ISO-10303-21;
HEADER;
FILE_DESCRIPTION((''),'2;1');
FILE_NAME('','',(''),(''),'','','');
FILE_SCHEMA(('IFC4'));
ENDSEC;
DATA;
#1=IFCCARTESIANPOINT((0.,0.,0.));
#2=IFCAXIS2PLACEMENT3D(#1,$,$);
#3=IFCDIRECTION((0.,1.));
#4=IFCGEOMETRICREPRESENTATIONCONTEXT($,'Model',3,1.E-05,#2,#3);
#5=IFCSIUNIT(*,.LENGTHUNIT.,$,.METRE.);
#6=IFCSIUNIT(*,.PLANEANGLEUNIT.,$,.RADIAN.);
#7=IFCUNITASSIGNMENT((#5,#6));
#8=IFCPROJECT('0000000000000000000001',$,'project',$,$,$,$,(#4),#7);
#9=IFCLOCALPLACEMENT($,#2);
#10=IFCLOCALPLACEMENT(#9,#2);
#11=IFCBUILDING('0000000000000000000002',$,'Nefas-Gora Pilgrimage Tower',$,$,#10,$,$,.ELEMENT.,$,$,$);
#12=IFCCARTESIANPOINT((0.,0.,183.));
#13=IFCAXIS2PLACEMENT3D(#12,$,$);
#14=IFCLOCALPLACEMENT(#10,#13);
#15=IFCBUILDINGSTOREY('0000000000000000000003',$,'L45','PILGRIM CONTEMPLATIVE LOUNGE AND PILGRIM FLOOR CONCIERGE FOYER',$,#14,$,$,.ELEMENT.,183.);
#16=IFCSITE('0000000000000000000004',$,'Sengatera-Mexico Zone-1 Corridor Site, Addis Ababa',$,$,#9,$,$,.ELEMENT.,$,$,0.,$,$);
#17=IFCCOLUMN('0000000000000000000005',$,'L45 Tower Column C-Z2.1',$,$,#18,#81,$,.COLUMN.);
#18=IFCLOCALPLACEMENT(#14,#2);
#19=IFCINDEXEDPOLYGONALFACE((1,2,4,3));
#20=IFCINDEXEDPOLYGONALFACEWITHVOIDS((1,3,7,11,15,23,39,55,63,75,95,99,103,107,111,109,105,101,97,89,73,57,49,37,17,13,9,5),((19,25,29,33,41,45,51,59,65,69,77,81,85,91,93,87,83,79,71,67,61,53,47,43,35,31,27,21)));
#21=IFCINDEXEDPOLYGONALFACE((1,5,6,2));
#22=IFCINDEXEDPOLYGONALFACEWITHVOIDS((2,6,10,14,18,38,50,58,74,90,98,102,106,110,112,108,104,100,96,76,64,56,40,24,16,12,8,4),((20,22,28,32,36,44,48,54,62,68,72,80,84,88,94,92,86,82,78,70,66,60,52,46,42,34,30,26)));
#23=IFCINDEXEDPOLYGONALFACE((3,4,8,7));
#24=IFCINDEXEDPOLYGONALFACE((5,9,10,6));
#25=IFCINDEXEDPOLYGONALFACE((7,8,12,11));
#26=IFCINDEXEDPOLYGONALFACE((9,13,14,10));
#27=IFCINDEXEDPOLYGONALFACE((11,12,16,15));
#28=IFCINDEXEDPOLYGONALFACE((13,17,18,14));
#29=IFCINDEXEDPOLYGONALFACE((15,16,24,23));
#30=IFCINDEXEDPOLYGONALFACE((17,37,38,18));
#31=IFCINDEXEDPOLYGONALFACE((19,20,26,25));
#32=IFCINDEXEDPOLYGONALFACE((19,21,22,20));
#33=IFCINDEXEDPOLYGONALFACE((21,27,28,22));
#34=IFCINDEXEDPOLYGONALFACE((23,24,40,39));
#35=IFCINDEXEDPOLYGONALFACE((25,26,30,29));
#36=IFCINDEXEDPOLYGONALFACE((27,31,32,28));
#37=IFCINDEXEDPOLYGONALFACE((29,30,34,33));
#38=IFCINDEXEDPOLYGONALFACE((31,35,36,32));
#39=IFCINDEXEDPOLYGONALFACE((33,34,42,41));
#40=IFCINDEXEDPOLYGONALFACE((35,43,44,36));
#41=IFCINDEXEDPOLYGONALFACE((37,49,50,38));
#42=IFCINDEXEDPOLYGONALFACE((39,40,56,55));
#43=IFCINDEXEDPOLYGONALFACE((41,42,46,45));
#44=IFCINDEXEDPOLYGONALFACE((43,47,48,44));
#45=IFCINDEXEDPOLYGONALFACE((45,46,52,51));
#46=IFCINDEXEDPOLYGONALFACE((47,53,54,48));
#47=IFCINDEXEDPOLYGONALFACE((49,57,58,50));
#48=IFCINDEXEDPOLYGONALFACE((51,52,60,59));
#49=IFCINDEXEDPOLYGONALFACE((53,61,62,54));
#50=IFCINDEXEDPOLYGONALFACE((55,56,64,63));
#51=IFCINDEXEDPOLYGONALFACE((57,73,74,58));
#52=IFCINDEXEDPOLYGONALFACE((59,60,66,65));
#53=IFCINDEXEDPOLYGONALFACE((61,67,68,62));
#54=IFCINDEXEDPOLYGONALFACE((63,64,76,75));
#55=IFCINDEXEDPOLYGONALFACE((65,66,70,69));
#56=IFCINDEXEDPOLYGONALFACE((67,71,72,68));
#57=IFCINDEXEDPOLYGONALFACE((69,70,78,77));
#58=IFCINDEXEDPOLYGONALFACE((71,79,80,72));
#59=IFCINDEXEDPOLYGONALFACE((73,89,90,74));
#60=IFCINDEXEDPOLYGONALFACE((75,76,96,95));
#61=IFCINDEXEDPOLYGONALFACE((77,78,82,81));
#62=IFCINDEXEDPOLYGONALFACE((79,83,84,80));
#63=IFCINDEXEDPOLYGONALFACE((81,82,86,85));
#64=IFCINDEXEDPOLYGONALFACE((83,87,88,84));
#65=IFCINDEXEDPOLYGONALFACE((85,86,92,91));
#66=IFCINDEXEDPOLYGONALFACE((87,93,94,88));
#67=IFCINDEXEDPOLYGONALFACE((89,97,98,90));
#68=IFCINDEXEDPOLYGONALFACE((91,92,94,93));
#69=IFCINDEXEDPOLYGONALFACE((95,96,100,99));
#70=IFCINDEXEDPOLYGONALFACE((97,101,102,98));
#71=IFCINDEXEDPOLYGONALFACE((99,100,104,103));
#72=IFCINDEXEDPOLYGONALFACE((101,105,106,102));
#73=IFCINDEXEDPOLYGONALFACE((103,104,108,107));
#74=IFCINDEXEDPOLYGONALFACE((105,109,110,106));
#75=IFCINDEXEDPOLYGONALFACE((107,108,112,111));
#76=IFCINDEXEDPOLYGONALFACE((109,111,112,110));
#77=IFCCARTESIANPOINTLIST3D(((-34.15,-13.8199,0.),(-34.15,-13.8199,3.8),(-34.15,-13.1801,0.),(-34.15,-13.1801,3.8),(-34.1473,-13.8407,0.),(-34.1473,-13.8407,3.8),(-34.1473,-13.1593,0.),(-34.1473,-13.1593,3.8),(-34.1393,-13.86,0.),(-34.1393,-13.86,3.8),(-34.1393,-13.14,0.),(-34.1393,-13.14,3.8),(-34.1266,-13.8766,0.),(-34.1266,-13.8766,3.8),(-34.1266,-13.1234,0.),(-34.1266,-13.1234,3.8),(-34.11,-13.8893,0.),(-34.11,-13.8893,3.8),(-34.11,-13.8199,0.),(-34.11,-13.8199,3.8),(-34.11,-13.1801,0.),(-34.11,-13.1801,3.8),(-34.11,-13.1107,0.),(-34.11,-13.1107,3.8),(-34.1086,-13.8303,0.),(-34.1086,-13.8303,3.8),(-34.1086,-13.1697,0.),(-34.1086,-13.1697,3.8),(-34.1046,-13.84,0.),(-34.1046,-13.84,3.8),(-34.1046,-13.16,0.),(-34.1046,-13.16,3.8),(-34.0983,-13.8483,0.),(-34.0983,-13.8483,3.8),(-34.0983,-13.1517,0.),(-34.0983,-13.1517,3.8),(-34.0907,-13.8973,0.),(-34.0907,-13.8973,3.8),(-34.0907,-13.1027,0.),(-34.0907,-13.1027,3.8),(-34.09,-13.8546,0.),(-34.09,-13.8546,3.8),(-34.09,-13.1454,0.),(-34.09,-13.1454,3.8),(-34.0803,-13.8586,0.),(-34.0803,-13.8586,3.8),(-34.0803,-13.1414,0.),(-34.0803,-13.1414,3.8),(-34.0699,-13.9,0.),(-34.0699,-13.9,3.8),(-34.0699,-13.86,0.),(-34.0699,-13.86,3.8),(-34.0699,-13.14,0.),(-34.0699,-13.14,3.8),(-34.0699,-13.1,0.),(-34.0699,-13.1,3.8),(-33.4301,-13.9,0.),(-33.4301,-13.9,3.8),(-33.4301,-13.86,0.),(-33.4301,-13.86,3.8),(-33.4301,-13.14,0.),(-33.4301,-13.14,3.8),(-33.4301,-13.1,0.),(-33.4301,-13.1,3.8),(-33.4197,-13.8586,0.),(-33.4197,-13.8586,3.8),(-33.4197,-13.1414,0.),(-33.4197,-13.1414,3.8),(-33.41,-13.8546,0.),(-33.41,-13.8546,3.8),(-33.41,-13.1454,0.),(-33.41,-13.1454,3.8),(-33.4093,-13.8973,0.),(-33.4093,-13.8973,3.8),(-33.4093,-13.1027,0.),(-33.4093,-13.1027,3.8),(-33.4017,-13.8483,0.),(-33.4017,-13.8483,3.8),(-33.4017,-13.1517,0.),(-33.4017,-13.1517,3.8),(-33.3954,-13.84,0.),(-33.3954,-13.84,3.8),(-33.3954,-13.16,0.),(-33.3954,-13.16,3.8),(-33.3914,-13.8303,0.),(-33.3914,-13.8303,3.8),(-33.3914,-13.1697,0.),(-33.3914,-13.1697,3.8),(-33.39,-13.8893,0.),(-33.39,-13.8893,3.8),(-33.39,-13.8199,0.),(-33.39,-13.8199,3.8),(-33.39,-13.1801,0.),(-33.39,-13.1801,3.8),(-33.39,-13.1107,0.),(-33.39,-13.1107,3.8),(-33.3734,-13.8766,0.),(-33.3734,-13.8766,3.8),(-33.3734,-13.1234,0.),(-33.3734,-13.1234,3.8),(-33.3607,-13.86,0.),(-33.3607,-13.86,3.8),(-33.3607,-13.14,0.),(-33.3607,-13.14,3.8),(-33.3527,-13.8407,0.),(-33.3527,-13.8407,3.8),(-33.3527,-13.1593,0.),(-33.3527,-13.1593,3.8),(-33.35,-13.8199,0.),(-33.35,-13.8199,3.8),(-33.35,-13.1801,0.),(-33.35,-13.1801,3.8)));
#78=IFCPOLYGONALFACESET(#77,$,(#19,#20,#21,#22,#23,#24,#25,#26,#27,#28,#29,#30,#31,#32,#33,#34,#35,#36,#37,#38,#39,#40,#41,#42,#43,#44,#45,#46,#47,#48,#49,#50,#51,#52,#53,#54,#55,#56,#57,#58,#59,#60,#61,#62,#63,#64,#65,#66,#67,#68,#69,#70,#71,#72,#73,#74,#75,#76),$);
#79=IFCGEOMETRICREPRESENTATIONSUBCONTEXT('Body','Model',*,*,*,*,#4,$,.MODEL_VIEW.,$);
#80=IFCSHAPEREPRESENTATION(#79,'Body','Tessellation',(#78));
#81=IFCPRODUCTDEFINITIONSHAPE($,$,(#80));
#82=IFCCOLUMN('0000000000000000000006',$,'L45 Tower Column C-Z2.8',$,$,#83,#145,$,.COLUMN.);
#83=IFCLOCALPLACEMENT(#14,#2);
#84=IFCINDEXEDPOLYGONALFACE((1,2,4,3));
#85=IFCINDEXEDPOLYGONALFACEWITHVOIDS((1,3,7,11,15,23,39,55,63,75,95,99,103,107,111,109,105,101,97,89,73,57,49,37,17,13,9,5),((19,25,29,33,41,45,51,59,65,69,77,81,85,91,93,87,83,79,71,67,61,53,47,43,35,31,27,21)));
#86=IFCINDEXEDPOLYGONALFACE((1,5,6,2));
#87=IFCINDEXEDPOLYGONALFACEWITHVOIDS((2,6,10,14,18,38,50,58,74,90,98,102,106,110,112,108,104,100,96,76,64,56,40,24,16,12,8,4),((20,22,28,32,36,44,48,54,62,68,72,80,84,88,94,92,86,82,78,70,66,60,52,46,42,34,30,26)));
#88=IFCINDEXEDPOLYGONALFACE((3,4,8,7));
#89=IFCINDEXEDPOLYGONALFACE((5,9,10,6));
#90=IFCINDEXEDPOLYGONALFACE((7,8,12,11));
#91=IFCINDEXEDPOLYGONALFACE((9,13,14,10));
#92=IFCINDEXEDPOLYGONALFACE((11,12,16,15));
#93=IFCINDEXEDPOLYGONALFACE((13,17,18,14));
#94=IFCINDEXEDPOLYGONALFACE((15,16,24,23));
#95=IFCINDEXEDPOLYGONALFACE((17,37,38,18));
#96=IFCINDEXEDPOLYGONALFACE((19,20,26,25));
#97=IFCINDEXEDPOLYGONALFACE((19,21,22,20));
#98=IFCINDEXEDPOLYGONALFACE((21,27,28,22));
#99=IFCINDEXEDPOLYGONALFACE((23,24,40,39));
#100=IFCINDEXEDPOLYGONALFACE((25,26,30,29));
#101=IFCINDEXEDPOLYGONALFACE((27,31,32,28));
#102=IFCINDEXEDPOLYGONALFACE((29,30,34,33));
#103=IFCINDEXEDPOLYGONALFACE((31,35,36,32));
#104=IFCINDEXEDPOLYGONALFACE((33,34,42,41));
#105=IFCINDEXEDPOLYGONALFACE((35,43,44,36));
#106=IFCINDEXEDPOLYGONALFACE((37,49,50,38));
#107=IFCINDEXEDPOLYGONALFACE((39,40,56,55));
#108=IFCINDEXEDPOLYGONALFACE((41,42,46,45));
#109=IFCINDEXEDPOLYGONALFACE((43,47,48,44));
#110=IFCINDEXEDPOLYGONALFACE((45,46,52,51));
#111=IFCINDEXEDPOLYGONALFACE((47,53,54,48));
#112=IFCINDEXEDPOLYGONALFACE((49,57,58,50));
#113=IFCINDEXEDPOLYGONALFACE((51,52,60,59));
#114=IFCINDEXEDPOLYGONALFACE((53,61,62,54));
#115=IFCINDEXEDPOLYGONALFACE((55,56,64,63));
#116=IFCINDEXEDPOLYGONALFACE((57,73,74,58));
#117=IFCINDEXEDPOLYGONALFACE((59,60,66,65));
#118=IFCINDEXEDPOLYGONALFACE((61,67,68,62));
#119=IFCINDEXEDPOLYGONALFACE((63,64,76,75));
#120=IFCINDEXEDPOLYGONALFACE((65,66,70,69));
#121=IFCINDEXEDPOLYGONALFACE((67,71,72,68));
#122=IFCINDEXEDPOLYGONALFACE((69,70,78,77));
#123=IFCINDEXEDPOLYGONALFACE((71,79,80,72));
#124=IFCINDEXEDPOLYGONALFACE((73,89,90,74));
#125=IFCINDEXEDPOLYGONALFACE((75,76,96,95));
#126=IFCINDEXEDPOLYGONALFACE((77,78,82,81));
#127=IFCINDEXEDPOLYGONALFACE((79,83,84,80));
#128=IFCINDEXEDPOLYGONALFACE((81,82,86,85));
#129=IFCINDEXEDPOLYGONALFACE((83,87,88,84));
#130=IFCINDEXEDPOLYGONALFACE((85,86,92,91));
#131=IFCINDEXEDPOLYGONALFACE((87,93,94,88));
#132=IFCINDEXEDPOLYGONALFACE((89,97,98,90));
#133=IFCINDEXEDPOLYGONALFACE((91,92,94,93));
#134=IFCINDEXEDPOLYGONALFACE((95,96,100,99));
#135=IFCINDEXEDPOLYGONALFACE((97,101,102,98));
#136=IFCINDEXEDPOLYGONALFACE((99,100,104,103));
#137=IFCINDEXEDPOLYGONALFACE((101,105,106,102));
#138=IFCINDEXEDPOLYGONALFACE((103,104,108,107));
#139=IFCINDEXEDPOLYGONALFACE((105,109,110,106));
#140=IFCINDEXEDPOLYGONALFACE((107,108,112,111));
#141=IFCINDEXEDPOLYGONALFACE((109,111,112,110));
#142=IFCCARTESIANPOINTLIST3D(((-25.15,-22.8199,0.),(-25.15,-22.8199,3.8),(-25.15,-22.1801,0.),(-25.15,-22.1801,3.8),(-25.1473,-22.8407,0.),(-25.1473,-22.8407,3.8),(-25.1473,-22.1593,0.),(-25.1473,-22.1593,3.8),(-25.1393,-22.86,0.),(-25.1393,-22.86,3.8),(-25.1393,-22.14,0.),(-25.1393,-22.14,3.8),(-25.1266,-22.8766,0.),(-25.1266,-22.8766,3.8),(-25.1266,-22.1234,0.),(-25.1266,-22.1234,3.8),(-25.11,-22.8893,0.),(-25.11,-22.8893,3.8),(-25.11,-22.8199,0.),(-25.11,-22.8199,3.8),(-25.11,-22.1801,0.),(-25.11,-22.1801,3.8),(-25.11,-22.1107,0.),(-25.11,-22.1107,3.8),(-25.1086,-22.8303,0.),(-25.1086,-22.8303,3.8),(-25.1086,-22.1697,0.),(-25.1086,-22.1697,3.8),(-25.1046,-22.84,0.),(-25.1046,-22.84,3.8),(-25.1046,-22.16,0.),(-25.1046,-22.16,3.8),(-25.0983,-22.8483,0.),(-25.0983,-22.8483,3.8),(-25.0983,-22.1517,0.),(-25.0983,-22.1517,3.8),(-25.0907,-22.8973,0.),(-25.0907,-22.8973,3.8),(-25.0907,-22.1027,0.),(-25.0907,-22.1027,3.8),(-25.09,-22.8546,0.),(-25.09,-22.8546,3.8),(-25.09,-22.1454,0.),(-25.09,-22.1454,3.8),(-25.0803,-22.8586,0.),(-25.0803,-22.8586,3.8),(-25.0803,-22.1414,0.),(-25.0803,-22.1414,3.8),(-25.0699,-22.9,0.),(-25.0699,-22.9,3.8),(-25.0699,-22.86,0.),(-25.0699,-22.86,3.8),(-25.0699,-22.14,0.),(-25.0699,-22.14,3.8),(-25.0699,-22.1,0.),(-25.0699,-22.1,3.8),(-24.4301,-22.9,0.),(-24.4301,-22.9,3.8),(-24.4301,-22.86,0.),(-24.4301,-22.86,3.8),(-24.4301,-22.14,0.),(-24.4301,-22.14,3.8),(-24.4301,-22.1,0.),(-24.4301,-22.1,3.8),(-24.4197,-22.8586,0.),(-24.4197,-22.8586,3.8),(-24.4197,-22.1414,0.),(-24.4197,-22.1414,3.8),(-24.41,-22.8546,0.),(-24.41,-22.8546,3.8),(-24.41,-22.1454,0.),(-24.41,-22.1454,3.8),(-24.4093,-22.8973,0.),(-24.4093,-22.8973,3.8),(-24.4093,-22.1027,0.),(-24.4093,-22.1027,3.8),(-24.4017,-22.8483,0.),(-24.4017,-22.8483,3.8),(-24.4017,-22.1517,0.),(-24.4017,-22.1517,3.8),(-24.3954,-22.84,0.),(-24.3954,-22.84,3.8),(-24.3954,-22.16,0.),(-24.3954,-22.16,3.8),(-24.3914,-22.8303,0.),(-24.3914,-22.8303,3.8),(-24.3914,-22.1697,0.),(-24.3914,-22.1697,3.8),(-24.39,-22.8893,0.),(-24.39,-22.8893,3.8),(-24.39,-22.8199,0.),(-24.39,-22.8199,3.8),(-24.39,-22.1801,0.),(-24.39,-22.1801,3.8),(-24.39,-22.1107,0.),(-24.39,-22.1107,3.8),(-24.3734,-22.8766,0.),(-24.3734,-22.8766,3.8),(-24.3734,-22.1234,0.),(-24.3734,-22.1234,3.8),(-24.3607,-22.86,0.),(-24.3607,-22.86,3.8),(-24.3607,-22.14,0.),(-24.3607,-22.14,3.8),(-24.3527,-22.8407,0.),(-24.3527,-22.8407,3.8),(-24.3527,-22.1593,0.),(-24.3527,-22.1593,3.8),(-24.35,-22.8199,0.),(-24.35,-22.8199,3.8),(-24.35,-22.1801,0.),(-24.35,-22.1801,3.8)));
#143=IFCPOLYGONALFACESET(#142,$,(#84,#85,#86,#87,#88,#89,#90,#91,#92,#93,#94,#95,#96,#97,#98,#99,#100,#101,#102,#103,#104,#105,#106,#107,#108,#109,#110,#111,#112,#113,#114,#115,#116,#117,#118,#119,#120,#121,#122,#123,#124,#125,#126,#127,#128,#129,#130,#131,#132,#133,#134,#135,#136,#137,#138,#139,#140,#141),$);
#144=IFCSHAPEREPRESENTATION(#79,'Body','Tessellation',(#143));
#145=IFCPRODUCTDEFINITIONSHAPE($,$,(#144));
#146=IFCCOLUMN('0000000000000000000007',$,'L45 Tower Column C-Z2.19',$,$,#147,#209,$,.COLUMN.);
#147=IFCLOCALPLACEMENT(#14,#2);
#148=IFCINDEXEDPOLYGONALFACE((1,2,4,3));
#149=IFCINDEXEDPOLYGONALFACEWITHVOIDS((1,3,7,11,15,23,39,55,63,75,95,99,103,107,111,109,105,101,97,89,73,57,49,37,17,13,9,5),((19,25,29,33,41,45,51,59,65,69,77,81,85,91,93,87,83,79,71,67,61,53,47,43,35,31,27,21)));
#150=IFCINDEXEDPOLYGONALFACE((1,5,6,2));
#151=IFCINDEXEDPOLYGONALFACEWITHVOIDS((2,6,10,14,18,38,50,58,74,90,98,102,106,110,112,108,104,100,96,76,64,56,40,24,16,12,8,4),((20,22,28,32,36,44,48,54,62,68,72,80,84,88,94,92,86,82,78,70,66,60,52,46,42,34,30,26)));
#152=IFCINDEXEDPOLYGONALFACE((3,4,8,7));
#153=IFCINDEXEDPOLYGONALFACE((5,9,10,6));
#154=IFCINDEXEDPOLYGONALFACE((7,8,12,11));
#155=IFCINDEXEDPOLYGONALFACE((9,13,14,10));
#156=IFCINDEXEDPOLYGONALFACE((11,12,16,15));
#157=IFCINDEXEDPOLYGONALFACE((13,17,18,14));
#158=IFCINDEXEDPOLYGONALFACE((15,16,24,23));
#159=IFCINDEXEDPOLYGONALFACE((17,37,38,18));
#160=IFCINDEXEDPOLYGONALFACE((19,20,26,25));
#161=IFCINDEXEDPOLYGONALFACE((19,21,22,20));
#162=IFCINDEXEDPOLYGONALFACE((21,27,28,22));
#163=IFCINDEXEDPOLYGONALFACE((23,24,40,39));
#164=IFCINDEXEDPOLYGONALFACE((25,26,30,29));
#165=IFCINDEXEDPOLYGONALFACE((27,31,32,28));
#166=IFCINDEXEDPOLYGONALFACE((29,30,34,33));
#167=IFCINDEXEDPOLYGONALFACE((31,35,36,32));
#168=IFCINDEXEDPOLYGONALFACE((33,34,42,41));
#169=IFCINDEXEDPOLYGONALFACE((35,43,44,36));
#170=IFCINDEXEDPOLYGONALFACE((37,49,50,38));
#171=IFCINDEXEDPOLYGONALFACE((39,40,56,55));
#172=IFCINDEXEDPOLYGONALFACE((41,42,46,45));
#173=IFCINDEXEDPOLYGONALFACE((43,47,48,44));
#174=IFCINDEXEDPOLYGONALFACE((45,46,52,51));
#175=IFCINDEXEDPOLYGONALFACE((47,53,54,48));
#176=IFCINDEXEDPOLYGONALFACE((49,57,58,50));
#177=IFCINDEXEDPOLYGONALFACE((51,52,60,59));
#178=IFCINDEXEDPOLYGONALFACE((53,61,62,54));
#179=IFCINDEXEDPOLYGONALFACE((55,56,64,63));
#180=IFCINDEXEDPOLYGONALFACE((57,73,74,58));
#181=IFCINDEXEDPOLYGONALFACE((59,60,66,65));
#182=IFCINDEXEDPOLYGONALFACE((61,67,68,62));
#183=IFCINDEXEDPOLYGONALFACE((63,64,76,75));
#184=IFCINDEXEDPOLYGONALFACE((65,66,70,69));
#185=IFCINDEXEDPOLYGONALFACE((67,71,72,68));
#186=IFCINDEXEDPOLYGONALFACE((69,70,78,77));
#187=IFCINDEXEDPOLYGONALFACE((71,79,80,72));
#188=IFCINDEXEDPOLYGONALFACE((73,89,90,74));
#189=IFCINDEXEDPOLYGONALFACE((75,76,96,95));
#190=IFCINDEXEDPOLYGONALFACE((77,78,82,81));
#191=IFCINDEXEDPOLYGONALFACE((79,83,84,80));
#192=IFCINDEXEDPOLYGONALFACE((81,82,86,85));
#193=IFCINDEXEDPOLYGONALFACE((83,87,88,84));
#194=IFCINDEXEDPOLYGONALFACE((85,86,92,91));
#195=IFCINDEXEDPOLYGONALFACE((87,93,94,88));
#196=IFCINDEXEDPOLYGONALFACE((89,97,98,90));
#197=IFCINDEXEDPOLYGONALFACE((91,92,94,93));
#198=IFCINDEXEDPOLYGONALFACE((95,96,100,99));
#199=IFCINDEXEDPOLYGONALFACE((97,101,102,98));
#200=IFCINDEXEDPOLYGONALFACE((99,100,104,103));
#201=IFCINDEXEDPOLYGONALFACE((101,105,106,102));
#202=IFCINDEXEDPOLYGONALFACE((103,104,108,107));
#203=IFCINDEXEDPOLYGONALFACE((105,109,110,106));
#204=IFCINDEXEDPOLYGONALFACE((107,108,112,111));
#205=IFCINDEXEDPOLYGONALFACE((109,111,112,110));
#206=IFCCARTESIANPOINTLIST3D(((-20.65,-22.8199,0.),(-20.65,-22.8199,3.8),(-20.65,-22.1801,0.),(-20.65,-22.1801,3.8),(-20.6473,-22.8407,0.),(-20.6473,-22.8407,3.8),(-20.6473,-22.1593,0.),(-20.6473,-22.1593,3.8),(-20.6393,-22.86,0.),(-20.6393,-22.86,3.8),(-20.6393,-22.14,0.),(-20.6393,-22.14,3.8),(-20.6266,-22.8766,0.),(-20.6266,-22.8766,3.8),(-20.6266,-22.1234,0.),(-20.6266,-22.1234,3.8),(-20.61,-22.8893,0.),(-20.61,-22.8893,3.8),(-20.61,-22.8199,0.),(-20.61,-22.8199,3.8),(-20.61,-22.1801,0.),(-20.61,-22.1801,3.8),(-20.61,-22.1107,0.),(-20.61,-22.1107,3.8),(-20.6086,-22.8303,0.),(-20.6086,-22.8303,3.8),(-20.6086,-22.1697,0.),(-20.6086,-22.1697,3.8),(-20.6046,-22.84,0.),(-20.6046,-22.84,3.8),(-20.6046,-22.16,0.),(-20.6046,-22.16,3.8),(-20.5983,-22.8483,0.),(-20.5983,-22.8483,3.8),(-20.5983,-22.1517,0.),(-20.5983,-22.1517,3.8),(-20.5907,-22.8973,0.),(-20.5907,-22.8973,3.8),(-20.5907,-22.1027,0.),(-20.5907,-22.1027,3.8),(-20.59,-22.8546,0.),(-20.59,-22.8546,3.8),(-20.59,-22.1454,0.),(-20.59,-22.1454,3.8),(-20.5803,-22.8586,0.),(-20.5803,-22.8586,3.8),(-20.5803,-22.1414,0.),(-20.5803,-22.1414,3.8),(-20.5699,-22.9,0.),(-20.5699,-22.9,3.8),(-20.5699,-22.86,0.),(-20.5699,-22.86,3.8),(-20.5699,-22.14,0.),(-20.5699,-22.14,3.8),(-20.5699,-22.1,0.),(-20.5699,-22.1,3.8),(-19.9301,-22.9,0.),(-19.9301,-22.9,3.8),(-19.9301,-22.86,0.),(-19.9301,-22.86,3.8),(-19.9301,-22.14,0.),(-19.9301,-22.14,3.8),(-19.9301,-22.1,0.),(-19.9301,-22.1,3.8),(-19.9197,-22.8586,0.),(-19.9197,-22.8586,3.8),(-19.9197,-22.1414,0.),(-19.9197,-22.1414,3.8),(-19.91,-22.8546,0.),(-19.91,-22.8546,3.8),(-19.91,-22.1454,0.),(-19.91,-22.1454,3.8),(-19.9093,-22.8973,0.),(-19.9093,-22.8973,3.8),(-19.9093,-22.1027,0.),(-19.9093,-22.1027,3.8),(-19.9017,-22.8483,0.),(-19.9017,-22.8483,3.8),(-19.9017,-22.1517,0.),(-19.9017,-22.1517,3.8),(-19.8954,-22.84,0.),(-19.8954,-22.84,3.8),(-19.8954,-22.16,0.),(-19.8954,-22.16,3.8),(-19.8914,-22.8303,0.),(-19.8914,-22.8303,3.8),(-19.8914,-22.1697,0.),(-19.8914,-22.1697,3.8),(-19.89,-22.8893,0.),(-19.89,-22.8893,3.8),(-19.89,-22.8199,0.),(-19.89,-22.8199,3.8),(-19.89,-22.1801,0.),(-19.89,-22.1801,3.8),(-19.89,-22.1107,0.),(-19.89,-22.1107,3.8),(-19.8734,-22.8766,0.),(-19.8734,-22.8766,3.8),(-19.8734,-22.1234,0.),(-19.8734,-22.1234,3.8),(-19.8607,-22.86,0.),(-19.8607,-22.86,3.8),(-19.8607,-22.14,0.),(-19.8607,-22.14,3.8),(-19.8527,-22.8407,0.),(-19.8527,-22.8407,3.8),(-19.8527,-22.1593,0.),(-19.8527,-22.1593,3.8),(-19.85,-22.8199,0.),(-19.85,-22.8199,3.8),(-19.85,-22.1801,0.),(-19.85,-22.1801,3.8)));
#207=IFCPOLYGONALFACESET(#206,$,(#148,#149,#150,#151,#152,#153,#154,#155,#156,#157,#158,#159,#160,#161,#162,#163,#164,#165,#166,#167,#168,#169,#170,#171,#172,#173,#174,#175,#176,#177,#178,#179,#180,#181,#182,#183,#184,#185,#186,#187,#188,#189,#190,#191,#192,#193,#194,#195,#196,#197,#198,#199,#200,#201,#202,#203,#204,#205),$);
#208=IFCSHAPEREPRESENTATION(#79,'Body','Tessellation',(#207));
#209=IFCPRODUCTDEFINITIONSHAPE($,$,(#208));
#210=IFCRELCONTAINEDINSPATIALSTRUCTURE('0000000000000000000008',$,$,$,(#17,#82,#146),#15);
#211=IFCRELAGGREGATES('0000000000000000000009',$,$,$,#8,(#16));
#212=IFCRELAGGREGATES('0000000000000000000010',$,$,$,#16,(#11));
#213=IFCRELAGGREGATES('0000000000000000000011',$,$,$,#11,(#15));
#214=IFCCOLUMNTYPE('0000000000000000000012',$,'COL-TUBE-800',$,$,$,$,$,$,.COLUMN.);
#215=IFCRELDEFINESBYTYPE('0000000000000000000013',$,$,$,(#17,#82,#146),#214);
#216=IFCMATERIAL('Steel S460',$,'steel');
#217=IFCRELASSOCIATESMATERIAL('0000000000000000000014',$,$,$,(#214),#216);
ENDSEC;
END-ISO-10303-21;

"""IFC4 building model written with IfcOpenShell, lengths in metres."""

from ifc_helpers import new_model, si_unit, direction, frame, origin, origin_2d, place, context, subcontext, project, spatial, hollow_rectangle, extrude, source, transform, mapped, material, material_profile, profile_set, type_object, element, save


model = new_model("IFC4")

# Units and contexts
model_context = context("Model", 3, precision=1e-05, world=origin(), true_north=direction((0.0, 1.0)))
body_context = subcontext(model_context, "Body", "Model", "MODEL_VIEW")
ifc_project = project(units=[si_unit("LENGTHUNIT", "METRE"), si_unit("PLANEANGLEUNIT", "RADIAN")], contexts=[model_context])

# Site, building, storey
site_placement = place(None, origin())
site = spatial("IfcSite", under=ifc_project, at=site_placement, Name="Sengatera-Mexico Zone-1 Corridor Site, Addis Ababa", CompositionType="ELEMENT", RefElevation=0.0)
building_placement = place(site_placement, origin())
building = spatial("IfcBuilding", under=site, at=building_placement, Name="Nefas-Gora Pilgrimage Tower", CompositionType="ELEMENT")
storey_placement = place(building_placement, frame((0.0, 0.0, 183.0)))
storey = spatial("IfcBuildingStorey", under=building, at=storey_placement, Name="L45", Description="PILGRIM CONTEMPLATIVE LOUNGE AND PILGRIM FLOOR CONCIERGE FOYER", CompositionType="ELEMENT", Elevation=183.0)

# Columns
ifc_material_1 = material(Name="Steel S460", Category="steel")
ifc_material_profile_1 = material_profile(ifc_material_1, hollow_rectangle(XDim=0.8, YDim=0.8, WallThickness=0.04, InnerFilletRadius=0.04, OuterFilletRadius=0.0801, at=origin_2d()), Name="BOX 800x800x40")
ifc_profile_set_1 = profile_set([ifc_material_profile_1], Name="Steel S460")
column_type_1 = type_object("IfcColumnType", Name="COL-TUBE-800", PredefinedType="COLUMN", material=ifc_profile_set_1)
shared_shape_1 = source(origin(), body_context, "Body", "SweptSolid", [
    extrude(hollow_rectangle(XDim=0.8, YDim=0.8, WallThickness=0.04, InnerFilletRadius=0.04, OuterFilletRadius=0.0801, at=origin_2d()), origin(), (0.0, 0.0, 1.0), 3.8),
])
for number, where, z_axis, x_axis, name in (
    (1, (-33.75, -13.5, 0.0), (0.0, 0.0, 1.0), (1.0, 0.0, 0.0), "L45 Tower Column C-Z2.1"),
    (2, (-24.75, -22.5, 0.0), (0.0, 0.0, 1.0), (1.0, 0.0, 0.0), "L45 Tower Column C-Z2.8"),
    (3, (-20.25, -22.5, 0.0), (0.0, 0.0, 1.0), (1.0, 0.0, 0.0), "L45 Tower Column C-Z2.19"),
):
    element("IfcColumn", number, at=place(storey_placement, frame(where, z_axis=z_axis, x_axis=x_axis)), inside=storey, type_object=column_type_1, Name=name, PredefinedType="COLUMN", context=body_context, shape_type="MappedRepresentation", body=[
        mapped(shared_shape_1, transform((0.0, 0.0, 0.0), x_axis=(1.0, 0.0, 0.0), y_axis=(0.0, 1.0, 0.0), z_axis=(0.0, 0.0, 1.0), scale=1.0)),
    ])

save(model, "model.ifc")
